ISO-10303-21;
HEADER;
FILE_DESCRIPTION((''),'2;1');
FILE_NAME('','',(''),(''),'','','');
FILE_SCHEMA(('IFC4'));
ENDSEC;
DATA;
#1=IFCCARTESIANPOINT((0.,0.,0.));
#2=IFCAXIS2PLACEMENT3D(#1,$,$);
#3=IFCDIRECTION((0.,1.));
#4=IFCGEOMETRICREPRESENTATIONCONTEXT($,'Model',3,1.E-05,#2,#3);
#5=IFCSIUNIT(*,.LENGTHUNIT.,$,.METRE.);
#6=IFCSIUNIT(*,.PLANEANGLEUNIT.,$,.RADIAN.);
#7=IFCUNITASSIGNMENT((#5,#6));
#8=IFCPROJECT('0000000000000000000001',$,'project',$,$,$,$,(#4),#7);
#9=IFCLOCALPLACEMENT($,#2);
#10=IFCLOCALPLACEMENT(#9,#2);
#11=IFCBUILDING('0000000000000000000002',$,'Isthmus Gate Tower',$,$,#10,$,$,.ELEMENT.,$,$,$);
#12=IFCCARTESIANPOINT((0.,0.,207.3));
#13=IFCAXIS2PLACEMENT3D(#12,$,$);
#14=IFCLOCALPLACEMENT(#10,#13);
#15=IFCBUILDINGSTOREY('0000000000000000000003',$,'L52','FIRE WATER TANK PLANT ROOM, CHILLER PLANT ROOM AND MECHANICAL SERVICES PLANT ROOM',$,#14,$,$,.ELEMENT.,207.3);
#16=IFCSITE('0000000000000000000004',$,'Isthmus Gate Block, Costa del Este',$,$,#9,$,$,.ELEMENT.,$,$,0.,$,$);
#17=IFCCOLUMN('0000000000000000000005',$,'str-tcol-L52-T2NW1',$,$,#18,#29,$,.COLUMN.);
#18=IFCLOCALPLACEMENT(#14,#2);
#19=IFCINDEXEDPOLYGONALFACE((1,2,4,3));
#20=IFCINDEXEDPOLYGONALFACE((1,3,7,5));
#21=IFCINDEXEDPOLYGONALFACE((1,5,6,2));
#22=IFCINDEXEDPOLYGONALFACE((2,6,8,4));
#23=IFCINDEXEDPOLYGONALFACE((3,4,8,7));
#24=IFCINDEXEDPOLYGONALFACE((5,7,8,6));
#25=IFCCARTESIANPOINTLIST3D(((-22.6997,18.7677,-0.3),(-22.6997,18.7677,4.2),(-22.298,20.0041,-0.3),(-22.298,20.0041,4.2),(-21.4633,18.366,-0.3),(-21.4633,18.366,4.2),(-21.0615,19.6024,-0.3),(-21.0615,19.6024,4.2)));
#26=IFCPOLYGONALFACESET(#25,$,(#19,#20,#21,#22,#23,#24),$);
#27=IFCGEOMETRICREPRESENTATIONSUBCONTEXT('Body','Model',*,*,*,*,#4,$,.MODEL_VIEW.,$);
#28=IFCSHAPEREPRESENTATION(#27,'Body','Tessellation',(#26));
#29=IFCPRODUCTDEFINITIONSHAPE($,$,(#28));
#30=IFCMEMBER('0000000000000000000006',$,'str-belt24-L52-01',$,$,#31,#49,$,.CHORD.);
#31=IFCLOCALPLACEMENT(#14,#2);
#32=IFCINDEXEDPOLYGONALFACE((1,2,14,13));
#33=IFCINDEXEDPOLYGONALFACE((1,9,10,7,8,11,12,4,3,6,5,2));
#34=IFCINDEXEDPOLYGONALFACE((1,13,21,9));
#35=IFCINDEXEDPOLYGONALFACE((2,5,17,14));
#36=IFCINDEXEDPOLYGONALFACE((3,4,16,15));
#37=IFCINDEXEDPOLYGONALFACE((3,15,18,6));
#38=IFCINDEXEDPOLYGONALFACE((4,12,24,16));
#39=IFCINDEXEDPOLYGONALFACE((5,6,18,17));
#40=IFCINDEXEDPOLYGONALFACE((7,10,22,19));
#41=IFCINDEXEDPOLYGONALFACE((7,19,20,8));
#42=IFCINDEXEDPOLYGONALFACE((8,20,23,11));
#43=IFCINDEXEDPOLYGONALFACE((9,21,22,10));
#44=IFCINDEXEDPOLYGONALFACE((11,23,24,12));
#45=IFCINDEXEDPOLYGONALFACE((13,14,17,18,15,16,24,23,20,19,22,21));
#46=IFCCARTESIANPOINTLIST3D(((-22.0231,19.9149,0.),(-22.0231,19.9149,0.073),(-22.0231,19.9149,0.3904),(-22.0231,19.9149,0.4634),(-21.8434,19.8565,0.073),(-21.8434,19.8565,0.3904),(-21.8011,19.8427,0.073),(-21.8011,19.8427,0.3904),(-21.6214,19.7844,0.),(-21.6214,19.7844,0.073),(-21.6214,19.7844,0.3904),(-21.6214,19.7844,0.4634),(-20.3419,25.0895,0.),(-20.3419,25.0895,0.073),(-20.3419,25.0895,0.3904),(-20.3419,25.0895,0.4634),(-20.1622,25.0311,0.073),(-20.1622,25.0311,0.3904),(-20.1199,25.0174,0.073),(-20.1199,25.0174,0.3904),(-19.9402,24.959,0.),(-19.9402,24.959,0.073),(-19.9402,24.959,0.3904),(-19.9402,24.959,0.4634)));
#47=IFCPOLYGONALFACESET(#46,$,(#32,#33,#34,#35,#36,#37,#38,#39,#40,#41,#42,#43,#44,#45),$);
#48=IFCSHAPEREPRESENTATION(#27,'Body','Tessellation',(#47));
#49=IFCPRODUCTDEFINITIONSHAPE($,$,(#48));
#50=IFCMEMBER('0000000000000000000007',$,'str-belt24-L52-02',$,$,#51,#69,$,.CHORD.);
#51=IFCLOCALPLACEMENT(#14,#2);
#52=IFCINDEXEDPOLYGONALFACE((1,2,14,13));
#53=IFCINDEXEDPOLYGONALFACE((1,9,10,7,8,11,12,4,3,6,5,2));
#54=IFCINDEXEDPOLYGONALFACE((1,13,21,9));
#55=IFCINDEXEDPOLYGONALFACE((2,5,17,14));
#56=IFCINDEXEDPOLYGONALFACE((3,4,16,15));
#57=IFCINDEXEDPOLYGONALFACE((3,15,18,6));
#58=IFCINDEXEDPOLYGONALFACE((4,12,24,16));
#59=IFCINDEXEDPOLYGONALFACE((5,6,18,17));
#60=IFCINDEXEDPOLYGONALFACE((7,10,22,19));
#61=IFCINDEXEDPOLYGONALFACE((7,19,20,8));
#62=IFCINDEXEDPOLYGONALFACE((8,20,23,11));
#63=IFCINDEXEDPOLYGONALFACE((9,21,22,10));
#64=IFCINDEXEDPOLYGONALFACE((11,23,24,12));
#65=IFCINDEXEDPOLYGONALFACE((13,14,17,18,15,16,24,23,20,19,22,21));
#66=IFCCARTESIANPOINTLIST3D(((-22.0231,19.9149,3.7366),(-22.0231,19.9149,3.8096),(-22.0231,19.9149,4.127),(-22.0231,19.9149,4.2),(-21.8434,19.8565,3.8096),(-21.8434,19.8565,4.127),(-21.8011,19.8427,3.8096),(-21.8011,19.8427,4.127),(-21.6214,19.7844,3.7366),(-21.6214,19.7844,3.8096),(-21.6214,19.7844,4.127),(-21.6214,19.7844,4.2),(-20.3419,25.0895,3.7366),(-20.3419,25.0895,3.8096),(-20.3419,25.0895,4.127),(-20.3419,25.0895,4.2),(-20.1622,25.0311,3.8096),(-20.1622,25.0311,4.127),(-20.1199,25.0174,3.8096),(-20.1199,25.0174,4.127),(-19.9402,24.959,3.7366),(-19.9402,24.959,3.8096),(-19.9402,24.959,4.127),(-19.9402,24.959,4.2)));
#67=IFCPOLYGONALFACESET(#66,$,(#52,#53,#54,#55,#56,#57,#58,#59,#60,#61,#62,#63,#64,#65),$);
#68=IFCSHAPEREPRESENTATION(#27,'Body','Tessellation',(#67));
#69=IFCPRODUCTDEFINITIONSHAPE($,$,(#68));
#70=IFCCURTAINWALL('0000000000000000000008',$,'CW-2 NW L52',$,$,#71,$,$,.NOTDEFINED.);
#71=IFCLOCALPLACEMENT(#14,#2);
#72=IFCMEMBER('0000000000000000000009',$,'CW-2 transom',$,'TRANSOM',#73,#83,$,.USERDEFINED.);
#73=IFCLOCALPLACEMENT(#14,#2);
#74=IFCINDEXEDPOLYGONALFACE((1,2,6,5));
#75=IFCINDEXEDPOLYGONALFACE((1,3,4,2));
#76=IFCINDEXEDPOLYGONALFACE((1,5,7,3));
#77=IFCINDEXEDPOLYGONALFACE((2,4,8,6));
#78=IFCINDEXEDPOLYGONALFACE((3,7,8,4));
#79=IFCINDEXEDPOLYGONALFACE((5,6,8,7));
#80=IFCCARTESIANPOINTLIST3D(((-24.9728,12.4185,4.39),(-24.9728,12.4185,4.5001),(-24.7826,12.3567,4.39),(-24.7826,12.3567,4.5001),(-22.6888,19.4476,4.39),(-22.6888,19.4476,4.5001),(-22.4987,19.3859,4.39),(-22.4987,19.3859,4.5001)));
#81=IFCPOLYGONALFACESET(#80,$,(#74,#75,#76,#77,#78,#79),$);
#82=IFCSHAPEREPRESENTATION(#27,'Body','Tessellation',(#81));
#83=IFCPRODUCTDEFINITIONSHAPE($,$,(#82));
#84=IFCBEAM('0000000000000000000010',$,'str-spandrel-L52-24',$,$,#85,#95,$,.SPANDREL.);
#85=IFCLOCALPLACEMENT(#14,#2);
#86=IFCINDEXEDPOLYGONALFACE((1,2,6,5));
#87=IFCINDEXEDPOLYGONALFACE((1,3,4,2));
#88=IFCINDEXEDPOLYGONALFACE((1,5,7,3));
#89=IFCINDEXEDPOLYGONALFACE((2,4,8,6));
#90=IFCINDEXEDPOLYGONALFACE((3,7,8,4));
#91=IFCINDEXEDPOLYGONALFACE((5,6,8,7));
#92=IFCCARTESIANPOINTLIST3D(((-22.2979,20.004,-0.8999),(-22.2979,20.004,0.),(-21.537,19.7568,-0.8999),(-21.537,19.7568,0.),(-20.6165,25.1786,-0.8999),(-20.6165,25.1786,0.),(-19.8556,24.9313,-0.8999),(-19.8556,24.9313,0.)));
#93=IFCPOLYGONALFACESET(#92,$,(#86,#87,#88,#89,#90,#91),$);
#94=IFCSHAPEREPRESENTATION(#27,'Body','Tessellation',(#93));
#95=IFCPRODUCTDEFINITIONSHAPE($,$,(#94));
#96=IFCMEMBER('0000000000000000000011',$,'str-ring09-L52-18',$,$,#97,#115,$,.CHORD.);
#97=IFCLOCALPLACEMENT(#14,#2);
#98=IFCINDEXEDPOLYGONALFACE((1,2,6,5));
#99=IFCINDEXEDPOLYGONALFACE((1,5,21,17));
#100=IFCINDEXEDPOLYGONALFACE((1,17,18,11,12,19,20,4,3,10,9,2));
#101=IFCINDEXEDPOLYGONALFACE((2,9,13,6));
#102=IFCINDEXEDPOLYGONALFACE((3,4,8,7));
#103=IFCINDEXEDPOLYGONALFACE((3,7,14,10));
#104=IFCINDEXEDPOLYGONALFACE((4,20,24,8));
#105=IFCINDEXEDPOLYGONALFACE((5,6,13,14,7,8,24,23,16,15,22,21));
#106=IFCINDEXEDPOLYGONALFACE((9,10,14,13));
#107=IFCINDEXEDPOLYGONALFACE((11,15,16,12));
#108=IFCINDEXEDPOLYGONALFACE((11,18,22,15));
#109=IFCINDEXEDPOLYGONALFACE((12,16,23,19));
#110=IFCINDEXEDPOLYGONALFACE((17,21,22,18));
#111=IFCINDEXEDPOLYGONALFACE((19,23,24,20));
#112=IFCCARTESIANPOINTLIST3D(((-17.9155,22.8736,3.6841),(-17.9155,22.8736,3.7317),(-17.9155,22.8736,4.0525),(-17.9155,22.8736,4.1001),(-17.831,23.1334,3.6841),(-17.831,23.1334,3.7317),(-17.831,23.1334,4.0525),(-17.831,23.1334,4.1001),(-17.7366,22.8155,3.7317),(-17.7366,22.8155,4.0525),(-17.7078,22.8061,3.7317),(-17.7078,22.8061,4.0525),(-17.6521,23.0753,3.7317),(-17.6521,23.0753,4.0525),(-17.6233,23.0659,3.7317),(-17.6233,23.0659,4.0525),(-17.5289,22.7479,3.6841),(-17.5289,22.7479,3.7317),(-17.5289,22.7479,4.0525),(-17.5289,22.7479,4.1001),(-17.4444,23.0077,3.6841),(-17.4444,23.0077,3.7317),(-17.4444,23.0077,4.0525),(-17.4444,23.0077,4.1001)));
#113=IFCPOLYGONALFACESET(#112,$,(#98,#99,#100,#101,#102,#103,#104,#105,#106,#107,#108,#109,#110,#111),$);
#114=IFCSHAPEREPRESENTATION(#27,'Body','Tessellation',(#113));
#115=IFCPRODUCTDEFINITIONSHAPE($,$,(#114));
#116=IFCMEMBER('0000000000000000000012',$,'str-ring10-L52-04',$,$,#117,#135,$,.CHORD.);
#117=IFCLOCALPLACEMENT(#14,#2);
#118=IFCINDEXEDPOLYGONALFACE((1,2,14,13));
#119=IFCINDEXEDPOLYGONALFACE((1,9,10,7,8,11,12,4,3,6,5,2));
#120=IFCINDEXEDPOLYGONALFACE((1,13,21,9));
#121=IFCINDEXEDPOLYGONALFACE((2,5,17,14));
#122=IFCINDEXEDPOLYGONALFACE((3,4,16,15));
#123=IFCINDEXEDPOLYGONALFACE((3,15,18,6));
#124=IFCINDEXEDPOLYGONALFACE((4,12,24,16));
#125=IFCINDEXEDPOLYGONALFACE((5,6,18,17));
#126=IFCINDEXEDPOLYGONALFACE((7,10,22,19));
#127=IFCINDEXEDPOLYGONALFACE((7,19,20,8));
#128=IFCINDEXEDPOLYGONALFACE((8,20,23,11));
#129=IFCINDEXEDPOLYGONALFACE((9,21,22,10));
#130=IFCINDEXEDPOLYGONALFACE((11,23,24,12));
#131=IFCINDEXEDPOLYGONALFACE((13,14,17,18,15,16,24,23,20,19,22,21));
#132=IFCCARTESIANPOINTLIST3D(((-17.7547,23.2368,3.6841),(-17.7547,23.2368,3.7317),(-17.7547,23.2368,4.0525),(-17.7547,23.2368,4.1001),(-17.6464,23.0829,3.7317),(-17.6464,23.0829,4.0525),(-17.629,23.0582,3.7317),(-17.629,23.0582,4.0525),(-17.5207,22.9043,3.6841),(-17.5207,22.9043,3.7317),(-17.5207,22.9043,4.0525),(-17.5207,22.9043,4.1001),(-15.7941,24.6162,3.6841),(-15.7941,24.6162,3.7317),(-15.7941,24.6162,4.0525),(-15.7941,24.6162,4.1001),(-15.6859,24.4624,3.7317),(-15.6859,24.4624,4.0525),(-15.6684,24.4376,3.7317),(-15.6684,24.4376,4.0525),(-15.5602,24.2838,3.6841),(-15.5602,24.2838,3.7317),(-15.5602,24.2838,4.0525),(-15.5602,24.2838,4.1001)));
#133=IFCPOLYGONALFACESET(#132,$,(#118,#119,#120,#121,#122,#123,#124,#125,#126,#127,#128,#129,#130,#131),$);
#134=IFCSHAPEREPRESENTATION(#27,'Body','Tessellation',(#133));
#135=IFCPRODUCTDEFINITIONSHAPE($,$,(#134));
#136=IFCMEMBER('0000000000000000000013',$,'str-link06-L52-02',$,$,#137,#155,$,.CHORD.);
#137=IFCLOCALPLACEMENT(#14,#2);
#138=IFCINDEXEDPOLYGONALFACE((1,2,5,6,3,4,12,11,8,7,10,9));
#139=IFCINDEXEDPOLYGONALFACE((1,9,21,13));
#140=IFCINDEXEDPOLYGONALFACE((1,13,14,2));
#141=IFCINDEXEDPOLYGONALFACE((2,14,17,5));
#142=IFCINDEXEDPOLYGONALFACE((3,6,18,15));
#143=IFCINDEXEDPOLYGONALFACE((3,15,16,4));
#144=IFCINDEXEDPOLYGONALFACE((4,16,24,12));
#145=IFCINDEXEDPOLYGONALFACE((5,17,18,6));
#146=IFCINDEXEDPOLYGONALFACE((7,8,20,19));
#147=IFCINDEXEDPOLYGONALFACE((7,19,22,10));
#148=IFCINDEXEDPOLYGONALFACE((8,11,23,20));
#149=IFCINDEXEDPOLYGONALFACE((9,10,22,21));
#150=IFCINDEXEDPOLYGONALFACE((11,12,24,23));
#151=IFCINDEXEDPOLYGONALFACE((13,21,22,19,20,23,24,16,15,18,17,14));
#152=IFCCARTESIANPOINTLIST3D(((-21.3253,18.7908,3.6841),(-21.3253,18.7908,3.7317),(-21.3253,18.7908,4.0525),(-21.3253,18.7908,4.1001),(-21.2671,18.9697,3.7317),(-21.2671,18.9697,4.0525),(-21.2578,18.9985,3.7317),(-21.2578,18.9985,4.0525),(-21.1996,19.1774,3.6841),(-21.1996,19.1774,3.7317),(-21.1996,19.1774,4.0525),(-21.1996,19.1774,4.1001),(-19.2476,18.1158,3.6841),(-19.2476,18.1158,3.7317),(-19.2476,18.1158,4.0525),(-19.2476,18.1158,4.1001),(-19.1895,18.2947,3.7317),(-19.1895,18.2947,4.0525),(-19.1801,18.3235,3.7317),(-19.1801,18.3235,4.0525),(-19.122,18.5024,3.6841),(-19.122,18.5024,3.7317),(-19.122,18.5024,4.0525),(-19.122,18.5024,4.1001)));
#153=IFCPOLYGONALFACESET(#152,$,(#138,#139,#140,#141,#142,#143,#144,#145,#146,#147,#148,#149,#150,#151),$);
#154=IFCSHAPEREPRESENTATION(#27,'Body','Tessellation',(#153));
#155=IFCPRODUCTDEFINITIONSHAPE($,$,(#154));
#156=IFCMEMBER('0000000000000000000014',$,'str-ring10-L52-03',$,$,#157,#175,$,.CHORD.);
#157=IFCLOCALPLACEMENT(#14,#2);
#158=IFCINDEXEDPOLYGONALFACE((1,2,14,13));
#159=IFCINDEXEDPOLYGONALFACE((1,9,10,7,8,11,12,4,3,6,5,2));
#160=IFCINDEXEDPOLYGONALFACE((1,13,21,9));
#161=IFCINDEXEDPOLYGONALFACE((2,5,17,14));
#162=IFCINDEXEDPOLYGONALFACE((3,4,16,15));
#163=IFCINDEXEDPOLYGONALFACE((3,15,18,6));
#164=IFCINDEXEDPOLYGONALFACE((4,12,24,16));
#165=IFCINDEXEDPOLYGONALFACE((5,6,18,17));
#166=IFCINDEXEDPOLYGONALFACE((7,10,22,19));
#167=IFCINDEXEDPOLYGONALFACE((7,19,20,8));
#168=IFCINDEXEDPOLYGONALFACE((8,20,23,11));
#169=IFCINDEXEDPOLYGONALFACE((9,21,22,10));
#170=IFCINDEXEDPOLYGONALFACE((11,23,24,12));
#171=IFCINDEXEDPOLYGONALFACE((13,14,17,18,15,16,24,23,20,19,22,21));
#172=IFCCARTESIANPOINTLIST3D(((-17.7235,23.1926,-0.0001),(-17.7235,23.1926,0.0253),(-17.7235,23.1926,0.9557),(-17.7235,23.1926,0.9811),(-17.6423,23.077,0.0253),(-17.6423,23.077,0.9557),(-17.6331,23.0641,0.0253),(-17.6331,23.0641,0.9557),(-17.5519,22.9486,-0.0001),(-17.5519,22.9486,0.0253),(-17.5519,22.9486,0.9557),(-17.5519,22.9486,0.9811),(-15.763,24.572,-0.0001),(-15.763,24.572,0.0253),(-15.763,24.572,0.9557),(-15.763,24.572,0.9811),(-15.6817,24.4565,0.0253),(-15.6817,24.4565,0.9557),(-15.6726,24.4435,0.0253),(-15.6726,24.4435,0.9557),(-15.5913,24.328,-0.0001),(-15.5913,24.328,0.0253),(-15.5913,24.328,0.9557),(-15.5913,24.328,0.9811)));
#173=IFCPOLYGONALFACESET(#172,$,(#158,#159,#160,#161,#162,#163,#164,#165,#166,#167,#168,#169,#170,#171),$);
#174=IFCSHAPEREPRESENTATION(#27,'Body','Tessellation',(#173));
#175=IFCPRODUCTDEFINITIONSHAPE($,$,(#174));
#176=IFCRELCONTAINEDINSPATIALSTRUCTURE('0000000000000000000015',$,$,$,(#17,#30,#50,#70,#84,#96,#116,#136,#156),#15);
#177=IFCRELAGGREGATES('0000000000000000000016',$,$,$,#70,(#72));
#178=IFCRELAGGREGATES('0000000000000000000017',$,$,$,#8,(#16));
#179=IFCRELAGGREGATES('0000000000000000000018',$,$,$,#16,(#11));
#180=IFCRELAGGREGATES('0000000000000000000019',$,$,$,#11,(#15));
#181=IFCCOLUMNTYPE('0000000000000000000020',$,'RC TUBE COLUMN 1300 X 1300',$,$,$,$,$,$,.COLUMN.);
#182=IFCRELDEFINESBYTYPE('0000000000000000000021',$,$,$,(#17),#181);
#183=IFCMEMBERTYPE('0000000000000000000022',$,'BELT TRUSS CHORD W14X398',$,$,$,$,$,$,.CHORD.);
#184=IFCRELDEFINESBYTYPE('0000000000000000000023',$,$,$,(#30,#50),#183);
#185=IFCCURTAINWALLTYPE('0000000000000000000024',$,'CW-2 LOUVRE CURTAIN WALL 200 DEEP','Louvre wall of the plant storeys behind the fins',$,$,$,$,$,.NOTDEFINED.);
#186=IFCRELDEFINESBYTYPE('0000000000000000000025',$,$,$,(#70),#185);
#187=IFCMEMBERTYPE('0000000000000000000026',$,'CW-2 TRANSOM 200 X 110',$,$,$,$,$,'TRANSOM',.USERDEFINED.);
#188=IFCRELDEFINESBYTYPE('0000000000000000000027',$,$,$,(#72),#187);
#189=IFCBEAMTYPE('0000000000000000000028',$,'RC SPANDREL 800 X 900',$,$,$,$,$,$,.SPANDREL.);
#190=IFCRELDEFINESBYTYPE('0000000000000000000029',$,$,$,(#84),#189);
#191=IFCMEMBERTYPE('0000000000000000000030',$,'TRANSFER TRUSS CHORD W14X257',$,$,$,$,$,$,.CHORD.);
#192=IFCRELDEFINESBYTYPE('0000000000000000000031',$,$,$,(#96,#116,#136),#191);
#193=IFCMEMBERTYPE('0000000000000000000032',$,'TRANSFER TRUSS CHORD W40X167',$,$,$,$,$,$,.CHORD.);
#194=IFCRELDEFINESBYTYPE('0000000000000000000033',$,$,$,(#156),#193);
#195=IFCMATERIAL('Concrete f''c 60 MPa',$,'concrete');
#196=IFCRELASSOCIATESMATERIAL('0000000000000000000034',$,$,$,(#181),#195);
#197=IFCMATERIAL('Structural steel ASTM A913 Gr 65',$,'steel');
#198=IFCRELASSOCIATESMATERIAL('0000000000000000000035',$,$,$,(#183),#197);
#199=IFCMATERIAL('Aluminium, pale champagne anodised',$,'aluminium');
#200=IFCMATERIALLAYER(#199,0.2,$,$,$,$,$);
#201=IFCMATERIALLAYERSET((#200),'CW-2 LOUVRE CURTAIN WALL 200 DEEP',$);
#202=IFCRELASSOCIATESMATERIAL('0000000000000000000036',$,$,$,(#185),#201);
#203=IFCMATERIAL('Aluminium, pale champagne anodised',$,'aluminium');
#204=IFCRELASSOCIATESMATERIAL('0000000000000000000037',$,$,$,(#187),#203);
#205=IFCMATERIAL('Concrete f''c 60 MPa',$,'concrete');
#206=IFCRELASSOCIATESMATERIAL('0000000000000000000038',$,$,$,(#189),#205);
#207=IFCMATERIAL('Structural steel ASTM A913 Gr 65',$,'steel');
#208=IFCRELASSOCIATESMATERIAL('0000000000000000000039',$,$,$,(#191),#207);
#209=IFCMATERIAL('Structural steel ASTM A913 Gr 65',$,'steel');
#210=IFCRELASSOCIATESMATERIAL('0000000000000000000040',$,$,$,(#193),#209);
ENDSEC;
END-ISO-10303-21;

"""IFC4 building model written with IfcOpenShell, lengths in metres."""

from ifc_helpers import new_model, si_unit, direction, frame, origin, origin_2d, place, context, subcontext, project, spatial, rectangle, i_section, extrude, material, layer, layer_set, material_profile, profile_set, type_object, element, aggregate, save


model = new_model("IFC4")

# Units and contexts
model_context = context("Model", 3, precision=1e-05, world=origin(), true_north=direction((0.0, 1.0)))
body_context = subcontext(model_context, "Body", "Model", "MODEL_VIEW")
ifc_project = project(units=[si_unit("LENGTHUNIT", "METRE"), si_unit("PLANEANGLEUNIT", "RADIAN")], contexts=[model_context])

# Site, building, storey
site_placement = place(None, origin())
site = spatial("IfcSite", under=ifc_project, at=site_placement, Name="Isthmus Gate Block, Costa del Este", CompositionType="ELEMENT", RefElevation=0.0)
building_placement = place(site_placement, origin())
building = spatial("IfcBuilding", under=site, at=building_placement, Name="Isthmus Gate Tower", CompositionType="ELEMENT")
storey_placement = place(building_placement, frame((0.0, 0.0, 207.3)))
storey = spatial("IfcBuildingStorey", under=building, at=storey_placement, Name="L52", Description="FIRE WATER TANK PLANT ROOM, CHILLER PLANT ROOM AND MECHANICAL SERVICES PLANT ROOM", CompositionType="ELEMENT", Elevation=207.3)

# Column
ifc_material_1 = material(Name="Concrete f'c 60 MPa", Category="concrete")
ifc_material_profile_1 = material_profile(ifc_material_1, rectangle(XDim=1.3, YDim=1.3, at=origin_2d()), Name="RC 1300X1300")
ifc_profile_set_1 = profile_set([ifc_material_profile_1], Name="Concrete f'c 60 MPa")
column_type = type_object("IfcColumnType", Name="RC TUBE COLUMN 1300 X 1300", PredefinedType="COLUMN", material=ifc_profile_set_1)
column_placement = place(storey_placement, frame((-21.8806, 19.1851, -0.3), z_axis=(0.0, 0.0, 1.0), x_axis=(-0.309017, -0.951057, 0.0)))
element("IfcColumn", 1, at=column_placement, inside=storey, type_object=column_type, Name="str-tcol-L52-T2NW1", PredefinedType="COLUMN", context=body_context, shape_type="SweptSolid", body=[
    extrude(rectangle(XDim=1.3, YDim=1.3, at=origin_2d()), origin(), (0.0, 0.0, 1.0), 4.5),
])

# Members
ifc_material_2 = material(Name="Structural steel ASTM A913 Gr 65", Category="steel")
ifc_material_profile_2 = material_profile(ifc_material_2, i_section(OverallWidth=0.4224, OverallDepth=0.4634, WebThickness=0.0444, FlangeThickness=0.073, at=origin_2d()), Name="W14X398")
ifc_profile_set_2 = profile_set([ifc_material_profile_2], Name="Structural steel ASTM A913 Gr 65")
member_type_1 = type_object("IfcMemberType", Name="BELT TRUSS CHORD W14X398", PredefinedType="CHORD", material=ifc_profile_set_2)
for number, where, z_axis, x_axis, name in (
    (2, (-21.8223, 19.8496, 0.2317), (0.30899, 0.951065, 0.0), (-0.951065, 0.30899, 0.0), "str-belt24-L52-01"),
    (3, (-21.8223, 19.8496, 3.9683), (0.30899, 0.951065, 0.0), (-0.951065, 0.30899, 0.0), "str-belt24-L52-02"),
):
    element("IfcMember", number, at=place(storey_placement, frame(where, z_axis=z_axis, x_axis=x_axis)), inside=storey, type_object=member_type_1, Name=name, PredefinedType="CHORD", context=body_context, shape_type="SweptSolid", body=[
        extrude(i_section(OverallWidth=0.4224, OverallDepth=0.4634, WebThickness=0.0444, FlangeThickness=0.073, at=origin_2d()), origin(), (0.0, 0.0, 1.0), 5.4409),
    ])

# Curtain wall, member
ifc_material_3 = material(Name="Aluminium, pale champagne anodised", Category="aluminium")
ifc_layer_1 = layer(ifc_material_3, 0.2)
ifc_layer_set_1 = layer_set([ifc_layer_1], Name="CW-2 LOUVRE CURTAIN WALL 200 DEEP")
curtain_wall_type = type_object("IfcCurtainWallType", Name="CW-2 LOUVRE CURTAIN WALL 200 DEEP", Description="Louvre wall of the plant storeys behind the fins", PredefinedType="NOTDEFINED", material=ifc_layer_set_1)
curtain_wall_placement = place(storey_placement, origin())
curtain_wall = element("IfcCurtainWall", 4, at=curtain_wall_placement, inside=storey, type_object=curtain_wall_type, Name="CW-2 NW L52", PredefinedType="NOTDEFINED")
ifc_material_4 = material(Name="Aluminium, pale champagne anodised", Category="aluminium")
ifc_material_profile_3 = material_profile(ifc_material_4, rectangle(XDim=0.2, YDim=0.1101, at=origin_2d()), Name="200x110")
ifc_profile_set_3 = profile_set([ifc_material_profile_3], Name="Aluminium, pale champagne anodised")
member_type_2 = type_object("IfcMemberType", Name="CW-2 TRANSOM 200 X 110", ElementType="TRANSOM", PredefinedType="USERDEFINED", material=ifc_profile_set_3)
member_1_placement = place(storey_placement, frame((-22.5938, 19.4167, 4.4451), z_axis=(-0.309024, -0.951054, 0.0), x_axis=(0.951054, -0.309024, 0.0)))
member_1 = element("IfcMember", 5, at=member_1_placement, type_object=member_type_2, Name="CW-2 transom", ObjectType="TRANSOM", PredefinedType="USERDEFINED", context=body_context, shape_type="SweptSolid", body=[
    extrude(rectangle(XDim=0.2, YDim=0.1101, at=origin_2d()), origin(), (0.0, 0.0, 1.0), 7.3909),
])

# Beam
ifc_material_5 = material(Name="Concrete f'c 60 MPa", Category="concrete")
ifc_material_profile_4 = material_profile(ifc_material_5, rectangle(XDim=0.8, YDim=0.8999, at=origin_2d()), Name="RC 800X900")
ifc_profile_set_4 = profile_set([ifc_material_profile_4], Name="Concrete f'c 60 MPa")
beam_type = type_object("IfcBeamType", Name="RC SPANDREL 800 X 900", PredefinedType="SPANDREL", material=ifc_profile_set_4)
beam_placement = place(storey_placement, frame((-21.9175, 19.8804, -0.45), z_axis=(0.30903, 0.951052, 0.0), x_axis=(-0.951052, 0.30903, 0.0)))
element("IfcBeam", 6, at=beam_placement, inside=storey, type_object=beam_type, Name="str-spandrel-L52-24", PredefinedType="SPANDREL", context=body_context, shape_type="SweptSolid", body=[
    extrude(rectangle(XDim=0.8, YDim=0.8999, at=origin_2d()), origin(), (0.0, 0.0, 1.0), 5.4409),
])

# Members
ifc_material_6 = material(Name="Structural steel ASTM A913 Gr 65", Category="steel")
ifc_material_profile_5 = material_profile(ifc_material_6, i_section(OverallWidth=0.4065, OverallDepth=0.416, WebThickness=0.0303, FlangeThickness=0.0476, at=origin_2d()), Name="W14X257")
ifc_profile_set_5 = profile_set([ifc_material_profile_5], Name="Structural steel ASTM A913 Gr 65")
member_type_3 = type_object("IfcMemberType", Name="TRANSFER TRUSS CHORD W14X257", PredefinedType="CHORD", material=ifc_profile_set_5)
member_2_placement = place(storey_placement, frame((-17.7222, 22.8108, 3.8921), z_axis=(0.309248, 0.950982, 0.0), x_axis=(-0.950982, 0.309248, 0.0)))
element("IfcMember", 7, at=member_2_placement, inside=storey, type_object=member_type_3, Name="str-ring09-L52-18", PredefinedType="CHORD", context=body_context, shape_type="SweptSolid", body=[
    extrude(i_section(OverallWidth=0.4065, OverallDepth=0.416, WebThickness=0.0303, FlangeThickness=0.0476, at=origin_2d()), origin(), (0.0, 0.0, 1.0), 0.2732),
])
member_3_placement = place(storey_placement, frame((-17.6377, 23.0706, 3.8921), z_axis=(0.817842, 0.575443, 0.0), x_axis=(-0.575443, 0.817842, 0.0)))
element("IfcMember", 8, at=member_3_placement, inside=storey, type_object=member_type_3, Name="str-ring10-L52-04", PredefinedType="CHORD", context=body_context, shape_type="SweptSolid", body=[
    extrude(i_section(OverallWidth=0.4065, OverallDepth=0.416, WebThickness=0.0303, FlangeThickness=0.0476, at=origin_2d()), origin(), (0.0, 0.0, 1.0), 2.3972),
])
member_4_placement = place(storey_placement, frame((-21.2625, 18.9841, 3.8921), z_axis=(0.951059, -0.30901, 0.0), x_axis=(0.30901, 0.951059, 0.0)))
element("IfcMember", 9, at=member_4_placement, inside=storey, type_object=member_type_3, Name="str-link06-L52-02", PredefinedType="CHORD", context=body_context, shape_type="SweptSolid", body=[
    extrude(i_section(OverallWidth=0.4065, OverallDepth=0.416, WebThickness=0.0303, FlangeThickness=0.0476, at=origin_2d()), origin(), (0.0, 0.0, 1.0), 2.1846),
])
ifc_material_7 = material(Name="Structural steel ASTM A913 Gr 65", Category="steel")
ifc_material_profile_6 = material_profile(ifc_material_7, i_section(OverallWidth=0.2983, OverallDepth=0.9812, WebThickness=0.0159, FlangeThickness=0.0254, at=origin_2d()), Name="W40X167")
ifc_profile_set_6 = profile_set([ifc_material_profile_6], Name="Structural steel ASTM A913 Gr 65")
member_type_4 = type_object("IfcMemberType", Name="TRANSFER TRUSS CHORD W40X167", PredefinedType="CHORD", material=ifc_profile_set_6)
member_5_placement = place(storey_placement, frame((-17.6377, 23.0706, 0.4905), z_axis=(0.817842, 0.575443, 0.0), x_axis=(-0.575443, 0.817842, 0.0)))
element("IfcMember", 10, at=member_5_placement, inside=storey, type_object=member_type_4, Name="str-ring10-L52-03", PredefinedType="CHORD", context=body_context, shape_type="SweptSolid", body=[
    extrude(i_section(OverallWidth=0.2983, OverallDepth=0.9812, WebThickness=0.0159, FlangeThickness=0.0254, at=origin_2d()), origin(), (0.0, 0.0, 1.0), 2.3972),
])

aggregate(curtain_wall, [member_1])

save(model, "model.ifc")
